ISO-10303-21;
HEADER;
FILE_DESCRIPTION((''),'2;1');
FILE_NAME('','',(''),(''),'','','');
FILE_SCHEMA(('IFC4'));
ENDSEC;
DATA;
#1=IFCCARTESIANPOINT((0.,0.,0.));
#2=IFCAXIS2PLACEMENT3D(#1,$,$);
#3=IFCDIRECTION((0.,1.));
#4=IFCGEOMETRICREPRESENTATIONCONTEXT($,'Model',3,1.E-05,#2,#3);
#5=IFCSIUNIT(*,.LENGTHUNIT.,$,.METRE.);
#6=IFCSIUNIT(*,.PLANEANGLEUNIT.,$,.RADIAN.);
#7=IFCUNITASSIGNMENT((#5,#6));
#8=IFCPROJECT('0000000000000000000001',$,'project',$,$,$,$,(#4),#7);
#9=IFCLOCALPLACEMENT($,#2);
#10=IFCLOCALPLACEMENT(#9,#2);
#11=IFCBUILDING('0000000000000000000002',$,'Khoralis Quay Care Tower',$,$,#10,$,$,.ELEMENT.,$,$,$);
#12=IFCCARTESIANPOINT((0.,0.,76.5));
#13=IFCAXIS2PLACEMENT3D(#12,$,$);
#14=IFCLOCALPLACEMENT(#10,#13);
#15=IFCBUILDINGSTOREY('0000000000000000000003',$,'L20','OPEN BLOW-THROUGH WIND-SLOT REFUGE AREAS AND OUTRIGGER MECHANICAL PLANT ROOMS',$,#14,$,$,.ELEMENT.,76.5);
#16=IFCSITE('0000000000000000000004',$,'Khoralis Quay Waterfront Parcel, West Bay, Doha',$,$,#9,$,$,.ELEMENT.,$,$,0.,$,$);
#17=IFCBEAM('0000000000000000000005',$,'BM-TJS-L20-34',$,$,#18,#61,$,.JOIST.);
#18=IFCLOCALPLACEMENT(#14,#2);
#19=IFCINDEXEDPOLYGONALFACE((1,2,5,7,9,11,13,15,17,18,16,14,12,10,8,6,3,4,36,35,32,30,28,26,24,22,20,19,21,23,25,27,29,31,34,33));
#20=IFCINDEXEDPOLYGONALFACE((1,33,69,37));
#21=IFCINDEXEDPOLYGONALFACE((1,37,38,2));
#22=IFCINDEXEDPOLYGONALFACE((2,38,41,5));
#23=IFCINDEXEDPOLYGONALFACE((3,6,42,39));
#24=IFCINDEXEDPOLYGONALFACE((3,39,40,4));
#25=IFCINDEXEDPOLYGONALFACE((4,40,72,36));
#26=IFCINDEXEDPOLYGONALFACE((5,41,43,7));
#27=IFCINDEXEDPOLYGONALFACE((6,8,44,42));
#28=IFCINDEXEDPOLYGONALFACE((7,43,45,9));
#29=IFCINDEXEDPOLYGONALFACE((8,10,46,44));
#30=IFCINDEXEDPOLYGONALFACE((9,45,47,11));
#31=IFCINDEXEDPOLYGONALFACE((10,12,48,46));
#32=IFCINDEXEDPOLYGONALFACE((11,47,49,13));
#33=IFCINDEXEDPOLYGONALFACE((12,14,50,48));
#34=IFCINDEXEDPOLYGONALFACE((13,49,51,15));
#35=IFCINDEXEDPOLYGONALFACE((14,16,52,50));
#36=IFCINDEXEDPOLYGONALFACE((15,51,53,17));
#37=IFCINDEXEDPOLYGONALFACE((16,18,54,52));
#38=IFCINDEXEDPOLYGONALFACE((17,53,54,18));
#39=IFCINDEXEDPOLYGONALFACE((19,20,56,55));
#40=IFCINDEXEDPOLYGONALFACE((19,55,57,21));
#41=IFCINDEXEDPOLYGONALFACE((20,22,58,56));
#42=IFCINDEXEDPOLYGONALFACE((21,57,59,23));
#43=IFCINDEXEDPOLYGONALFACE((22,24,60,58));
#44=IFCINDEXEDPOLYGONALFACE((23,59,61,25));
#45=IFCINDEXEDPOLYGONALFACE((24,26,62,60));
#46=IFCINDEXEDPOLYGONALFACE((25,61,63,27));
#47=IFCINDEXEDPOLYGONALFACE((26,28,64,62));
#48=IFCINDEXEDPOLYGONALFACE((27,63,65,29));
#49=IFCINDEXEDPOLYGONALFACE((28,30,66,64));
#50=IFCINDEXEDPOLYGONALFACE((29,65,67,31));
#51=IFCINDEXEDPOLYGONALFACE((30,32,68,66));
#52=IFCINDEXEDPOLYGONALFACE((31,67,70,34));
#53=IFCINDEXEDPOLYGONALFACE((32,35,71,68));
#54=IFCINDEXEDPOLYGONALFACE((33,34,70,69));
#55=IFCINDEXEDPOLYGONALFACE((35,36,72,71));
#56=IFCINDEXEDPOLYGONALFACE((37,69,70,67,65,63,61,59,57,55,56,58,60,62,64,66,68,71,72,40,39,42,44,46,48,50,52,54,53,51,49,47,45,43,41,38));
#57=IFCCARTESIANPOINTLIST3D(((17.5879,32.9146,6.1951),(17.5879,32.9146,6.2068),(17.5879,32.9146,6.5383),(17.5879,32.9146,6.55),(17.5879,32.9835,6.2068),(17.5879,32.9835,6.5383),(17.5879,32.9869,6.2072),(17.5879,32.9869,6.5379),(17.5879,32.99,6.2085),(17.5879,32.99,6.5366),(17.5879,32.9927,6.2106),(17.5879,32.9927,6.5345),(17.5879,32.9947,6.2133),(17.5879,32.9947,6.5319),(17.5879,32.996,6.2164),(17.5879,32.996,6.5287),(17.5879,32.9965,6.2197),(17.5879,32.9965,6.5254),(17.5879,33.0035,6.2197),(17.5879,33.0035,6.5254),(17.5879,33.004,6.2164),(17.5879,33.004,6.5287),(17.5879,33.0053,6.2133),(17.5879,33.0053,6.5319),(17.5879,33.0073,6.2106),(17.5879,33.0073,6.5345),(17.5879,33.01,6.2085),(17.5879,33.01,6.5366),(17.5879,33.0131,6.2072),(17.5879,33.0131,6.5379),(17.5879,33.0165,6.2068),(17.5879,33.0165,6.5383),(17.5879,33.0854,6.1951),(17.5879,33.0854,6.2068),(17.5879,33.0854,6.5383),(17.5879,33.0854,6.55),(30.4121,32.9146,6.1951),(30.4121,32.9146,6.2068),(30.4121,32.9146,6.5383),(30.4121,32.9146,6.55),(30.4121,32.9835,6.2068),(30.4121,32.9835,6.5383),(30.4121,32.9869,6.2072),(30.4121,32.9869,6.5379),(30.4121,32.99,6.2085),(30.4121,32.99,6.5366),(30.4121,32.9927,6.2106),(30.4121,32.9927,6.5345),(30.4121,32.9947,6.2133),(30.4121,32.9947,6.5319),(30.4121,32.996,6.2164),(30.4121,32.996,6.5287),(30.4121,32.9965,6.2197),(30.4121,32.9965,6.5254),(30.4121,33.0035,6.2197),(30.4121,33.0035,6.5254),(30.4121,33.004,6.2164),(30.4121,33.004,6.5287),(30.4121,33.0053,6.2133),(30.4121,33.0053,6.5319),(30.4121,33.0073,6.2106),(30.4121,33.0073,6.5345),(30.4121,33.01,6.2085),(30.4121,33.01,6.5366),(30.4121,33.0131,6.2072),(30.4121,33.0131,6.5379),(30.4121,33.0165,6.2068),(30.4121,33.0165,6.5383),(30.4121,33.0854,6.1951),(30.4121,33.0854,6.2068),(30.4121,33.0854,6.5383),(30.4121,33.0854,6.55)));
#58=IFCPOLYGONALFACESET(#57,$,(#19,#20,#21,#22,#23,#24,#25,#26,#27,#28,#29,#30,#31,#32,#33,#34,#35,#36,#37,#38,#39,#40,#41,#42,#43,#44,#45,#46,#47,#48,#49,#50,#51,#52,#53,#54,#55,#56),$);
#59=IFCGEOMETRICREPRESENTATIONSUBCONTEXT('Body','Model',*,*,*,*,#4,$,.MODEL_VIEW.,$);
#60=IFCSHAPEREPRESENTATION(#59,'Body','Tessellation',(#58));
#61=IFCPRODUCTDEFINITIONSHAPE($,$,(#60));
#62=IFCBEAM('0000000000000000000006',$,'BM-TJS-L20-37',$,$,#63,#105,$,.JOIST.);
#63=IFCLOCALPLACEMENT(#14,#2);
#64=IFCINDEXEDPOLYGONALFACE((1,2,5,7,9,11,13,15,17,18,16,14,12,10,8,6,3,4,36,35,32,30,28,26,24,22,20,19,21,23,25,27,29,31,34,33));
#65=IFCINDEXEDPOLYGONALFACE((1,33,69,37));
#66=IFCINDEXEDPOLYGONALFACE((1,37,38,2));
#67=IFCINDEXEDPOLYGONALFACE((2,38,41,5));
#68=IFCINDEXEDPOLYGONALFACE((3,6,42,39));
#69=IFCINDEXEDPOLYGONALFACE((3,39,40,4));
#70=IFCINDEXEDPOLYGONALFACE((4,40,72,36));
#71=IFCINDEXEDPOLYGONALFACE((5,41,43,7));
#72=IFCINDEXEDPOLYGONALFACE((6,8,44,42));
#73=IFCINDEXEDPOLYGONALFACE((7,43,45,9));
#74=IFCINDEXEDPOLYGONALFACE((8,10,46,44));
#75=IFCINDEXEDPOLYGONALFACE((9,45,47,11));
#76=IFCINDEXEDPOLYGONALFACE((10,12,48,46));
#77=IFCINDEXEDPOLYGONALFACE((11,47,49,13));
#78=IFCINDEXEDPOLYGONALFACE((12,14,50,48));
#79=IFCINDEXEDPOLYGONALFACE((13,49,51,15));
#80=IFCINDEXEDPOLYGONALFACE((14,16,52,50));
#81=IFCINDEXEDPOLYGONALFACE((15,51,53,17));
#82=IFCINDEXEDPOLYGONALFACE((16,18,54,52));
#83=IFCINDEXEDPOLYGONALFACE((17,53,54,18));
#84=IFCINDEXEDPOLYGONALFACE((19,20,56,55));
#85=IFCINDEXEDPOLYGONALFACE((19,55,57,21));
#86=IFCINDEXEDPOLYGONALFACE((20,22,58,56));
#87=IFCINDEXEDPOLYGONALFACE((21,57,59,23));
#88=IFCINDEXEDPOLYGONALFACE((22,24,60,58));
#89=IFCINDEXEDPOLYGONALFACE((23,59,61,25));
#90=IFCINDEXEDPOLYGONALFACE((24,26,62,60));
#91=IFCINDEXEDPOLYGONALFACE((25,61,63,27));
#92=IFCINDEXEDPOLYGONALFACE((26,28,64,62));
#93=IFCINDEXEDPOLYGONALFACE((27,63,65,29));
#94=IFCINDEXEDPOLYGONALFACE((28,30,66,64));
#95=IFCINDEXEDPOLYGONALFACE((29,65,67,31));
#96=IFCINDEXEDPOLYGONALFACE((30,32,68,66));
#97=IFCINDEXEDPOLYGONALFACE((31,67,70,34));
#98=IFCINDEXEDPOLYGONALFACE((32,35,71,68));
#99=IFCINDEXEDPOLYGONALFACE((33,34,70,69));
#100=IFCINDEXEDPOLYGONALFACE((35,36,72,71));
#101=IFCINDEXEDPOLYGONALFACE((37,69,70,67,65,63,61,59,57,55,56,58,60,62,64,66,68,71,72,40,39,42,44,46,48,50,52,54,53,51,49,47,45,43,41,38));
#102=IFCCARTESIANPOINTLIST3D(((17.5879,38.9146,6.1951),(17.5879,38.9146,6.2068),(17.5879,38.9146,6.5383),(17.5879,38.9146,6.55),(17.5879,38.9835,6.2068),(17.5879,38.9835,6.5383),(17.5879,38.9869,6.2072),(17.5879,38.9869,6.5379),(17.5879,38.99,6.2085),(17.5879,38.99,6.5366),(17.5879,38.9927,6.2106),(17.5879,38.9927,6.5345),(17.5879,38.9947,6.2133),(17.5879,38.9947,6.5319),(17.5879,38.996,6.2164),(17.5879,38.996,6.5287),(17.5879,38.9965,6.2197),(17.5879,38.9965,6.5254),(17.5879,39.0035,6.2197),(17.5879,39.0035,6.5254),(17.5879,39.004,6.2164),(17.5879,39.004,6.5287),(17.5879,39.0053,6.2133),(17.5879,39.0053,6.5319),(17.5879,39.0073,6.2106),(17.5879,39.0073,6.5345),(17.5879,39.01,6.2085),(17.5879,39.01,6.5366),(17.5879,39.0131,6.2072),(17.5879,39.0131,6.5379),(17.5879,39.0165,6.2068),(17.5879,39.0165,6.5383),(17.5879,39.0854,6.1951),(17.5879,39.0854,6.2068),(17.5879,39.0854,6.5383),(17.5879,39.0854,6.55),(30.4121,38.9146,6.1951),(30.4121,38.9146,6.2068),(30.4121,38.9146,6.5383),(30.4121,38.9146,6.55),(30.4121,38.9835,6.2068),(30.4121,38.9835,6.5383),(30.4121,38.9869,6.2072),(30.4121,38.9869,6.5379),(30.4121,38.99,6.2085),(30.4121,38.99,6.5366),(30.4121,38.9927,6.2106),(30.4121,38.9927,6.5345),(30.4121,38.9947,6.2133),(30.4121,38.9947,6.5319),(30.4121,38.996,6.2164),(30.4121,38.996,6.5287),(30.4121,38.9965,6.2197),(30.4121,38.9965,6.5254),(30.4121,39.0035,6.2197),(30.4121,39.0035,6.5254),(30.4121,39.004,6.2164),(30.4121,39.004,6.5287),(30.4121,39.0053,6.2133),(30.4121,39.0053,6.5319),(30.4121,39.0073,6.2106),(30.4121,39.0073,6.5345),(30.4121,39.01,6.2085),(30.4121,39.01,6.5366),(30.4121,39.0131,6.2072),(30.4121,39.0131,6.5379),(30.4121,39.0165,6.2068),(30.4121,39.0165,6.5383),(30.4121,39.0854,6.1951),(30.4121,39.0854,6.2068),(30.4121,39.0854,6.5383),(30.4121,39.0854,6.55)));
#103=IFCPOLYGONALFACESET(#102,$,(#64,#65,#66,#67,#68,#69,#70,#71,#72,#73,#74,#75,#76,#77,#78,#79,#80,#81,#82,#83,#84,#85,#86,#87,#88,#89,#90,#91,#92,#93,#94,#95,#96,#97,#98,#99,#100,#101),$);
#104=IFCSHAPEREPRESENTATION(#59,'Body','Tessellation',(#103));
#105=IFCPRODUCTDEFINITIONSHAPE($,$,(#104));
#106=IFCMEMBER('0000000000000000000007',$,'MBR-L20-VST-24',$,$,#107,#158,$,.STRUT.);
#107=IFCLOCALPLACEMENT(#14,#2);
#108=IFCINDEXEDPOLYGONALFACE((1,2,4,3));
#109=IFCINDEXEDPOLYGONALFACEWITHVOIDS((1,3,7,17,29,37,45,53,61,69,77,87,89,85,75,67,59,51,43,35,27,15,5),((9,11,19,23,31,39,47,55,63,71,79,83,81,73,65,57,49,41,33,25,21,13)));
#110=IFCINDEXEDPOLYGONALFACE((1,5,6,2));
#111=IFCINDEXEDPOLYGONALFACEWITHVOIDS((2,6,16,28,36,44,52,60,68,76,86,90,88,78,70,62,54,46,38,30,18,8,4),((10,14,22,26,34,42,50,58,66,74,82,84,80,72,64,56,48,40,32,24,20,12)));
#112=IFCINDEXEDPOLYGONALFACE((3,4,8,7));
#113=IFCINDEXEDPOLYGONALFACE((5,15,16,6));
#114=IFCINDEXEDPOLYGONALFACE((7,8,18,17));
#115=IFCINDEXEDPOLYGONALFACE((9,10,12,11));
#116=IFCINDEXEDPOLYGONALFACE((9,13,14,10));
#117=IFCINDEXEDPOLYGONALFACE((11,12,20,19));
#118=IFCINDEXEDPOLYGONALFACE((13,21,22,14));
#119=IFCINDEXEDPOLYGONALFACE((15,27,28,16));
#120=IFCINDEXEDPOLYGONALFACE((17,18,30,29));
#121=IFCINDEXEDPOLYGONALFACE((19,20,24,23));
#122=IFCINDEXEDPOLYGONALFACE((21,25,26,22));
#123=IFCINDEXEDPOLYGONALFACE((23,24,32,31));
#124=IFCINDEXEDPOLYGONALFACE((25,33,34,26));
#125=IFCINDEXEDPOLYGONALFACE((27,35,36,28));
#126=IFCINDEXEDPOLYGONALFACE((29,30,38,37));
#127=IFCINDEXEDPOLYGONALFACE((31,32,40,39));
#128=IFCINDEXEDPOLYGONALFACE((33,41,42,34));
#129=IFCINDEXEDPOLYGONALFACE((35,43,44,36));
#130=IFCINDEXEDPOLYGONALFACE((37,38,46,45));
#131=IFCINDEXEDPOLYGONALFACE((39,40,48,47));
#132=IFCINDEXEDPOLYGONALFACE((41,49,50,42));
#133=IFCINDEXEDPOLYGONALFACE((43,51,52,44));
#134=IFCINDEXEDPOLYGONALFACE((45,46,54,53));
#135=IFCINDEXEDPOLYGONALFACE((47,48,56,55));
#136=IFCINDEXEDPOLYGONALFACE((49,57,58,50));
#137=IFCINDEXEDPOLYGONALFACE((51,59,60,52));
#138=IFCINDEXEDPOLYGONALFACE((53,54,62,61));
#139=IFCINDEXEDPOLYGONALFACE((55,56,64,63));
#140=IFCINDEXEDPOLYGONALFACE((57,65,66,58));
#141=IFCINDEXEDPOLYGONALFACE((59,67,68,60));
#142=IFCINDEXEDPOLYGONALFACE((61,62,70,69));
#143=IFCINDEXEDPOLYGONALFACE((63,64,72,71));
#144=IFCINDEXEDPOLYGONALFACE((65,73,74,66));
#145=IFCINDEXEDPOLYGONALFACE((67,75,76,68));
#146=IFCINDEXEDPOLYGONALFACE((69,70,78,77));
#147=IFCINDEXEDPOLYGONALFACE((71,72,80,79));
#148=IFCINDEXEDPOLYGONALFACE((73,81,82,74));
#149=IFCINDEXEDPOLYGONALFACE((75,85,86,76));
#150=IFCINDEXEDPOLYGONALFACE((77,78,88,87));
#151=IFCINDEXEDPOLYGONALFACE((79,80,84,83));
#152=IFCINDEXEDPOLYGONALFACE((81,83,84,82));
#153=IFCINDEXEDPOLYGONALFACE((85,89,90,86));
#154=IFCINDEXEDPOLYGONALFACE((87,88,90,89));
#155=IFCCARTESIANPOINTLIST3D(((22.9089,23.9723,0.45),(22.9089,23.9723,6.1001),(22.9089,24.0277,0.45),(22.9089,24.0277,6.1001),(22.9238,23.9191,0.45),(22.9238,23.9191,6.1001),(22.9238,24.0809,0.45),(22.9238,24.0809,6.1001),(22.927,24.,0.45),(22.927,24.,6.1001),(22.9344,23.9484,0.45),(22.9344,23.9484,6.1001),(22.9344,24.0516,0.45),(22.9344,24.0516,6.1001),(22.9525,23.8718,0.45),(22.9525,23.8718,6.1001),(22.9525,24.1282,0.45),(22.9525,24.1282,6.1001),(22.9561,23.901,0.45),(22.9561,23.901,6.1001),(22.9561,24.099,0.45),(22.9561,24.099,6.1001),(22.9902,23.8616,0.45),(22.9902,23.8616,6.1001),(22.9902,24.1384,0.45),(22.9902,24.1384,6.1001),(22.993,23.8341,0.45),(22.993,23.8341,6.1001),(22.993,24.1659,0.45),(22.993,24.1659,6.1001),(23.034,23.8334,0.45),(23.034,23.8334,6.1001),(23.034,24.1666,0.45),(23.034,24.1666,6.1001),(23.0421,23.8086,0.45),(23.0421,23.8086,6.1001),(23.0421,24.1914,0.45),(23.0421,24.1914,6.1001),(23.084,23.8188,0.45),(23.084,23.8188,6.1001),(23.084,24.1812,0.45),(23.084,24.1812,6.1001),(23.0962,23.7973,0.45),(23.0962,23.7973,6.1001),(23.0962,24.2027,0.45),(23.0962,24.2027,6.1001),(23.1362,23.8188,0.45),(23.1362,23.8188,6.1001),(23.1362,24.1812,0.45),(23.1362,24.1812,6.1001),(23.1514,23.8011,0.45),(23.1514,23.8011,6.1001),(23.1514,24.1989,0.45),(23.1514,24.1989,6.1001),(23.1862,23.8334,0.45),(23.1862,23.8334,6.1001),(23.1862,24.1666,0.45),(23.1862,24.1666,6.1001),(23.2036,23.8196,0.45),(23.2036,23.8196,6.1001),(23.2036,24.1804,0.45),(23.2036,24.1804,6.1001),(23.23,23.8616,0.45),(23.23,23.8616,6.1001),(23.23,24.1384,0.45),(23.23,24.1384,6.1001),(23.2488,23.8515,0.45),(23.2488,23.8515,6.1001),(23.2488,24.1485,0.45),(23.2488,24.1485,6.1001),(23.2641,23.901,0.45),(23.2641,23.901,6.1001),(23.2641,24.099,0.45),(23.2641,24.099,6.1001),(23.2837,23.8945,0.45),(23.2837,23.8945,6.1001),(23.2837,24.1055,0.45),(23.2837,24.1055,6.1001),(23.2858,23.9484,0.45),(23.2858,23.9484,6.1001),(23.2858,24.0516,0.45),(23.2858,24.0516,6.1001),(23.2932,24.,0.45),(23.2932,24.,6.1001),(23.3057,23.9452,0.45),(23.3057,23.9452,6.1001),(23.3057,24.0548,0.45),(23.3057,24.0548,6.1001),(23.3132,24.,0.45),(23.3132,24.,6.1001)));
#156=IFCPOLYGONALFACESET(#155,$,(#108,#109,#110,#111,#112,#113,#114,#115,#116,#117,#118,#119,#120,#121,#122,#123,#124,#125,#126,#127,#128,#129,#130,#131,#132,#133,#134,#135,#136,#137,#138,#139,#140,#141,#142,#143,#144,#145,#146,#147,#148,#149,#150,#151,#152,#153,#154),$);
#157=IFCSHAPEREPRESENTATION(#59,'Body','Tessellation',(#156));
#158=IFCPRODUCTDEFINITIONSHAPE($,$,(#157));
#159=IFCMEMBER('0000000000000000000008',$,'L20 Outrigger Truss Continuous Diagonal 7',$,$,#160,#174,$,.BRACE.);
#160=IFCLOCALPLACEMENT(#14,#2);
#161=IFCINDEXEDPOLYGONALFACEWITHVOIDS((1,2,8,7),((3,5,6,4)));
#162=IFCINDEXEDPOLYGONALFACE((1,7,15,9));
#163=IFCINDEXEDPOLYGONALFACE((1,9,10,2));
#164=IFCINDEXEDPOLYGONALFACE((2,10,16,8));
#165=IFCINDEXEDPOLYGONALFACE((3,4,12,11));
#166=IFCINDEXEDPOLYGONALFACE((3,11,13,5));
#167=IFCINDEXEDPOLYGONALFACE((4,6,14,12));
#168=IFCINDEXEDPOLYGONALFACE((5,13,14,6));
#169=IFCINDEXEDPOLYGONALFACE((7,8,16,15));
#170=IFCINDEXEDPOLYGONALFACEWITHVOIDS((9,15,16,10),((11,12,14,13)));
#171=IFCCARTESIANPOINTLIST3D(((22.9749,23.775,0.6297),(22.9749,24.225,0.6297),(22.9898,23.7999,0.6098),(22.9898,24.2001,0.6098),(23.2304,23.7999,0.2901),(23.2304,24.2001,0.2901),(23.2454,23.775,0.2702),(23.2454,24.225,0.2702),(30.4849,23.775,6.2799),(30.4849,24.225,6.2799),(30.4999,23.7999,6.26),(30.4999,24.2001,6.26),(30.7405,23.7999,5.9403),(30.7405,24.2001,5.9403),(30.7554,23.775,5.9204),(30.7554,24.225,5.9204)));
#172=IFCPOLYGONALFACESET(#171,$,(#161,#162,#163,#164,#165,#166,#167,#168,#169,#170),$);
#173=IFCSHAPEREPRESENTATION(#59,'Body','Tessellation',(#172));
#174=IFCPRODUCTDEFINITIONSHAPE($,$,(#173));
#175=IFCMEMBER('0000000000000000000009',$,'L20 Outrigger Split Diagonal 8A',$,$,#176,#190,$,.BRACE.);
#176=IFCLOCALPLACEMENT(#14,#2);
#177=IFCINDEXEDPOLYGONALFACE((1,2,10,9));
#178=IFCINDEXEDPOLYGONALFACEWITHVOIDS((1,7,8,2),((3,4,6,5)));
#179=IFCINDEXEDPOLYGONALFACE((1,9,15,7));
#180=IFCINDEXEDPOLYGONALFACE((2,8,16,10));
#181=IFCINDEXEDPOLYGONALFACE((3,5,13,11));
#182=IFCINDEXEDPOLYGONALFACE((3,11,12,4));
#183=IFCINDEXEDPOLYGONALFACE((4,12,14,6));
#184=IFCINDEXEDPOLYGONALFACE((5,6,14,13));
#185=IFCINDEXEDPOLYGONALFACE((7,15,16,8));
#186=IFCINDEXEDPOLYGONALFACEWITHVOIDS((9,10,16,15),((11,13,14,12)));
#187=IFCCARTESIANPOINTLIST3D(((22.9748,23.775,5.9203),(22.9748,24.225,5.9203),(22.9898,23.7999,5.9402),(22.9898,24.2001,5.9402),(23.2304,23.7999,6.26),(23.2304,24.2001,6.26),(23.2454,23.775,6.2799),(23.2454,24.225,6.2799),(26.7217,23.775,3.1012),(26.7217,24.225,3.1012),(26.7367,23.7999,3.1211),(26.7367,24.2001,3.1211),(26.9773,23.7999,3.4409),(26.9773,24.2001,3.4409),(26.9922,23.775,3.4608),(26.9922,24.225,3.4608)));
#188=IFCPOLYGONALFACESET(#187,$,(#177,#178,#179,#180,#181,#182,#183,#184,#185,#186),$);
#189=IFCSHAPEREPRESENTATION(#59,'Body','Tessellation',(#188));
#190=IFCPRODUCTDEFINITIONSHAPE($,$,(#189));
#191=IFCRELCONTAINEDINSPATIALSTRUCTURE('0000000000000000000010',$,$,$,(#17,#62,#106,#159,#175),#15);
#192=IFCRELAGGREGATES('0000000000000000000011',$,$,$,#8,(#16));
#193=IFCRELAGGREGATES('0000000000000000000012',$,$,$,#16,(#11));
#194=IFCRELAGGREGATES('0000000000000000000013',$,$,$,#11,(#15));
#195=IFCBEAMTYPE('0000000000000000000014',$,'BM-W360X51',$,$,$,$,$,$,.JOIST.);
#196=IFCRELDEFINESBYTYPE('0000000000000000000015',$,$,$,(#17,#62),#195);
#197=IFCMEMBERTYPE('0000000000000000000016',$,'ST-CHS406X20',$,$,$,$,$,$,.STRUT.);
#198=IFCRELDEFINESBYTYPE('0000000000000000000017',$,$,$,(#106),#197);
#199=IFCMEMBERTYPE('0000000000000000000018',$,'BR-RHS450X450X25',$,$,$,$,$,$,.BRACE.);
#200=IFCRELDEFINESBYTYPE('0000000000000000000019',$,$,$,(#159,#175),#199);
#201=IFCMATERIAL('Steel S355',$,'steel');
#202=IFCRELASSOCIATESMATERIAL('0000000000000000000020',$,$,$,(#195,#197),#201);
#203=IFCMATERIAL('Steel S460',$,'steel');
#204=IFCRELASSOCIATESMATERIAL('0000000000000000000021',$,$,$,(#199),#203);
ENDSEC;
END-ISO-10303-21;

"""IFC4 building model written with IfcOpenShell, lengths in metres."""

from ifc_helpers import new_model, si_unit, direction, frame, origin, origin_2d, place, context, subcontext, project, spatial, hollow_rectangle, hollow_circle, i_section, extrude, source, transform, mapped, material, material_profile, profile_set, type_object, element, save


model = new_model("IFC4")

# Units and contexts
model_context = context("Model", 3, precision=1e-05, world=origin(), true_north=direction((0.0, 1.0)))
body_context = subcontext(model_context, "Body", "Model", "MODEL_VIEW")
ifc_project = project(units=[si_unit("LENGTHUNIT", "METRE"), si_unit("PLANEANGLEUNIT", "RADIAN")], contexts=[model_context])

# Site, building, storey
site_placement = place(None, origin())
site = spatial("IfcSite", under=ifc_project, at=site_placement, Name="Khoralis Quay Waterfront Parcel, West Bay, Doha", CompositionType="ELEMENT", RefElevation=0.0)
building_placement = place(site_placement, origin())
building = spatial("IfcBuilding", under=site, at=building_placement, Name="Khoralis Quay Care Tower", CompositionType="ELEMENT")
storey_placement = place(building_placement, frame((0.0, 0.0, 76.5)))
storey = spatial("IfcBuildingStorey", under=building, at=storey_placement, Name="L20", Description="OPEN BLOW-THROUGH WIND-SLOT REFUGE AREAS AND OUTRIGGER MECHANICAL PLANT ROOMS", CompositionType="ELEMENT", Elevation=76.5)

# Beams
ifc_material_1 = material(Name="Steel S355", Category="steel")
ifc_material_profile_1 = material_profile(ifc_material_1, i_section(OverallWidth=0.1709, OverallDepth=0.355, WebThickness=0.0071, FlangeThickness=0.0117, FilletRadius=0.0129, at=origin_2d()), Name="Steel S355")
ifc_profile_set_1 = profile_set([ifc_material_profile_1], Name="Steel S355")
beam_type_1 = type_object("IfcBeamType", Name="BM-W360X51", PredefinedType="JOIST", material=ifc_profile_set_1)
shared_shape_1 = source(origin(), body_context, "Body", "SweptSolid", [
    extrude(i_section(OverallWidth=0.1709, OverallDepth=0.355, WebThickness=0.0071, FlangeThickness=0.0117, FilletRadius=0.0129, at=origin_2d()), origin(), (0.0, 0.0, 1.0), 12.8242),
])
for number, where, z_axis, x_axis, name in (
    (1, (17.5879, 33.0, 6.3726), (1.0, 0.0, 0.0), (0.0, 1.0, 0.0), "BM-TJS-L20-34"),
    (2, (17.5879, 39.0, 6.3726), (1.0, 0.0, 0.0), (0.0, 1.0, 0.0), "BM-TJS-L20-37"),
):
    element("IfcBeam", number, at=place(storey_placement, frame(where, z_axis=z_axis, x_axis=x_axis)), inside=storey, type_object=beam_type_1, Name=name, PredefinedType="JOIST", context=body_context, shape_type="MappedRepresentation", body=[
        mapped(shared_shape_1, transform((0.0, 0.0, 0.0), scale=1.0)),
    ])

# Members
ifc_material_profile_2 = material_profile(ifc_material_1, hollow_circle(Radius=0.2031, WallThickness=0.02, at=origin_2d()), Name="Steel S355")
ifc_profile_set_2 = profile_set([ifc_material_profile_2], Name="Steel S355")
member_type_1 = type_object("IfcMemberType", Name="ST-CHS406X20", PredefinedType="STRUT", material=ifc_profile_set_2)
shared_shape_2 = source(origin(), body_context, "Body", "SweptSolid", [
    extrude(hollow_circle(Radius=0.2031, WallThickness=0.02, at=origin_2d()), origin(), (0.0, 0.0, 1.0), 5.6501),
])
member_1_placement = place(storey_placement, frame((23.1101, 24.0, 0.45), z_axis=(0.0, 0.0, 1.0), x_axis=(1.0, 0.0, 0.0)))
element("IfcMember", 3, at=member_1_placement, inside=storey, type_object=member_type_1, Name="MBR-L20-VST-24", PredefinedType="STRUT", context=body_context, shape_type="MappedRepresentation", body=[
    mapped(shared_shape_2, transform((0.0, 0.0, 0.0), scale=1.0)),
])
ifc_material_2 = material(Name="Steel S460", Category="steel")
ifc_material_profile_3 = material_profile(ifc_material_2, hollow_rectangle(XDim=0.45, YDim=0.45, WallThickness=0.0249, at=origin_2d()), Name="Steel S460")
ifc_profile_set_3 = profile_set([ifc_material_profile_3], Name="Steel S460")
member_type_2 = type_object("IfcMemberType", Name="BR-RHS450X450X25", PredefinedType="BRACE", material=ifc_profile_set_3)
shared_shape_3 = source(origin(), body_context, "Body", "SweptSolid", [
    extrude(hollow_rectangle(XDim=0.45, YDim=0.45, WallThickness=0.0249, at=origin_2d()), origin(), (0.0, 0.0, 1.0), 9.3982),
])
member_2_placement = place(storey_placement, frame((23.1101, 24.0, 0.45), z_axis=(0.799098, 0.0, 0.601201), x_axis=(0.0, 1.0, 0.0)))
element("IfcMember", 4, at=member_2_placement, inside=storey, type_object=member_type_2, Name="L20 Outrigger Truss Continuous Diagonal 7", PredefinedType="BRACE", context=body_context, shape_type="MappedRepresentation", body=[
    mapped(shared_shape_3, transform((0.0, 0.0, 0.0), scale=1.0)),
])
shared_shape_4 = source(origin(), body_context, "Body", "SweptSolid", [
    extrude(hollow_rectangle(XDim=0.45, YDim=0.45, WallThickness=0.0249, at=origin_2d()), origin(), (0.0, 0.0, 1.0), 4.689),
])
member_3_placement = place(storey_placement, frame((23.1101, 24.0, 6.1001), z_axis=(0.799081, 0.0, -0.601224), x_axis=(0.0, 1.0, 0.0)))
element("IfcMember", 5, at=member_3_placement, inside=storey, type_object=member_type_2, Name="L20 Outrigger Split Diagonal 8A", PredefinedType="BRACE", context=body_context, shape_type="MappedRepresentation", body=[
    mapped(shared_shape_4, transform((0.0, 0.0, 0.0), scale=1.0)),
])

save(model, "model.ifc")
